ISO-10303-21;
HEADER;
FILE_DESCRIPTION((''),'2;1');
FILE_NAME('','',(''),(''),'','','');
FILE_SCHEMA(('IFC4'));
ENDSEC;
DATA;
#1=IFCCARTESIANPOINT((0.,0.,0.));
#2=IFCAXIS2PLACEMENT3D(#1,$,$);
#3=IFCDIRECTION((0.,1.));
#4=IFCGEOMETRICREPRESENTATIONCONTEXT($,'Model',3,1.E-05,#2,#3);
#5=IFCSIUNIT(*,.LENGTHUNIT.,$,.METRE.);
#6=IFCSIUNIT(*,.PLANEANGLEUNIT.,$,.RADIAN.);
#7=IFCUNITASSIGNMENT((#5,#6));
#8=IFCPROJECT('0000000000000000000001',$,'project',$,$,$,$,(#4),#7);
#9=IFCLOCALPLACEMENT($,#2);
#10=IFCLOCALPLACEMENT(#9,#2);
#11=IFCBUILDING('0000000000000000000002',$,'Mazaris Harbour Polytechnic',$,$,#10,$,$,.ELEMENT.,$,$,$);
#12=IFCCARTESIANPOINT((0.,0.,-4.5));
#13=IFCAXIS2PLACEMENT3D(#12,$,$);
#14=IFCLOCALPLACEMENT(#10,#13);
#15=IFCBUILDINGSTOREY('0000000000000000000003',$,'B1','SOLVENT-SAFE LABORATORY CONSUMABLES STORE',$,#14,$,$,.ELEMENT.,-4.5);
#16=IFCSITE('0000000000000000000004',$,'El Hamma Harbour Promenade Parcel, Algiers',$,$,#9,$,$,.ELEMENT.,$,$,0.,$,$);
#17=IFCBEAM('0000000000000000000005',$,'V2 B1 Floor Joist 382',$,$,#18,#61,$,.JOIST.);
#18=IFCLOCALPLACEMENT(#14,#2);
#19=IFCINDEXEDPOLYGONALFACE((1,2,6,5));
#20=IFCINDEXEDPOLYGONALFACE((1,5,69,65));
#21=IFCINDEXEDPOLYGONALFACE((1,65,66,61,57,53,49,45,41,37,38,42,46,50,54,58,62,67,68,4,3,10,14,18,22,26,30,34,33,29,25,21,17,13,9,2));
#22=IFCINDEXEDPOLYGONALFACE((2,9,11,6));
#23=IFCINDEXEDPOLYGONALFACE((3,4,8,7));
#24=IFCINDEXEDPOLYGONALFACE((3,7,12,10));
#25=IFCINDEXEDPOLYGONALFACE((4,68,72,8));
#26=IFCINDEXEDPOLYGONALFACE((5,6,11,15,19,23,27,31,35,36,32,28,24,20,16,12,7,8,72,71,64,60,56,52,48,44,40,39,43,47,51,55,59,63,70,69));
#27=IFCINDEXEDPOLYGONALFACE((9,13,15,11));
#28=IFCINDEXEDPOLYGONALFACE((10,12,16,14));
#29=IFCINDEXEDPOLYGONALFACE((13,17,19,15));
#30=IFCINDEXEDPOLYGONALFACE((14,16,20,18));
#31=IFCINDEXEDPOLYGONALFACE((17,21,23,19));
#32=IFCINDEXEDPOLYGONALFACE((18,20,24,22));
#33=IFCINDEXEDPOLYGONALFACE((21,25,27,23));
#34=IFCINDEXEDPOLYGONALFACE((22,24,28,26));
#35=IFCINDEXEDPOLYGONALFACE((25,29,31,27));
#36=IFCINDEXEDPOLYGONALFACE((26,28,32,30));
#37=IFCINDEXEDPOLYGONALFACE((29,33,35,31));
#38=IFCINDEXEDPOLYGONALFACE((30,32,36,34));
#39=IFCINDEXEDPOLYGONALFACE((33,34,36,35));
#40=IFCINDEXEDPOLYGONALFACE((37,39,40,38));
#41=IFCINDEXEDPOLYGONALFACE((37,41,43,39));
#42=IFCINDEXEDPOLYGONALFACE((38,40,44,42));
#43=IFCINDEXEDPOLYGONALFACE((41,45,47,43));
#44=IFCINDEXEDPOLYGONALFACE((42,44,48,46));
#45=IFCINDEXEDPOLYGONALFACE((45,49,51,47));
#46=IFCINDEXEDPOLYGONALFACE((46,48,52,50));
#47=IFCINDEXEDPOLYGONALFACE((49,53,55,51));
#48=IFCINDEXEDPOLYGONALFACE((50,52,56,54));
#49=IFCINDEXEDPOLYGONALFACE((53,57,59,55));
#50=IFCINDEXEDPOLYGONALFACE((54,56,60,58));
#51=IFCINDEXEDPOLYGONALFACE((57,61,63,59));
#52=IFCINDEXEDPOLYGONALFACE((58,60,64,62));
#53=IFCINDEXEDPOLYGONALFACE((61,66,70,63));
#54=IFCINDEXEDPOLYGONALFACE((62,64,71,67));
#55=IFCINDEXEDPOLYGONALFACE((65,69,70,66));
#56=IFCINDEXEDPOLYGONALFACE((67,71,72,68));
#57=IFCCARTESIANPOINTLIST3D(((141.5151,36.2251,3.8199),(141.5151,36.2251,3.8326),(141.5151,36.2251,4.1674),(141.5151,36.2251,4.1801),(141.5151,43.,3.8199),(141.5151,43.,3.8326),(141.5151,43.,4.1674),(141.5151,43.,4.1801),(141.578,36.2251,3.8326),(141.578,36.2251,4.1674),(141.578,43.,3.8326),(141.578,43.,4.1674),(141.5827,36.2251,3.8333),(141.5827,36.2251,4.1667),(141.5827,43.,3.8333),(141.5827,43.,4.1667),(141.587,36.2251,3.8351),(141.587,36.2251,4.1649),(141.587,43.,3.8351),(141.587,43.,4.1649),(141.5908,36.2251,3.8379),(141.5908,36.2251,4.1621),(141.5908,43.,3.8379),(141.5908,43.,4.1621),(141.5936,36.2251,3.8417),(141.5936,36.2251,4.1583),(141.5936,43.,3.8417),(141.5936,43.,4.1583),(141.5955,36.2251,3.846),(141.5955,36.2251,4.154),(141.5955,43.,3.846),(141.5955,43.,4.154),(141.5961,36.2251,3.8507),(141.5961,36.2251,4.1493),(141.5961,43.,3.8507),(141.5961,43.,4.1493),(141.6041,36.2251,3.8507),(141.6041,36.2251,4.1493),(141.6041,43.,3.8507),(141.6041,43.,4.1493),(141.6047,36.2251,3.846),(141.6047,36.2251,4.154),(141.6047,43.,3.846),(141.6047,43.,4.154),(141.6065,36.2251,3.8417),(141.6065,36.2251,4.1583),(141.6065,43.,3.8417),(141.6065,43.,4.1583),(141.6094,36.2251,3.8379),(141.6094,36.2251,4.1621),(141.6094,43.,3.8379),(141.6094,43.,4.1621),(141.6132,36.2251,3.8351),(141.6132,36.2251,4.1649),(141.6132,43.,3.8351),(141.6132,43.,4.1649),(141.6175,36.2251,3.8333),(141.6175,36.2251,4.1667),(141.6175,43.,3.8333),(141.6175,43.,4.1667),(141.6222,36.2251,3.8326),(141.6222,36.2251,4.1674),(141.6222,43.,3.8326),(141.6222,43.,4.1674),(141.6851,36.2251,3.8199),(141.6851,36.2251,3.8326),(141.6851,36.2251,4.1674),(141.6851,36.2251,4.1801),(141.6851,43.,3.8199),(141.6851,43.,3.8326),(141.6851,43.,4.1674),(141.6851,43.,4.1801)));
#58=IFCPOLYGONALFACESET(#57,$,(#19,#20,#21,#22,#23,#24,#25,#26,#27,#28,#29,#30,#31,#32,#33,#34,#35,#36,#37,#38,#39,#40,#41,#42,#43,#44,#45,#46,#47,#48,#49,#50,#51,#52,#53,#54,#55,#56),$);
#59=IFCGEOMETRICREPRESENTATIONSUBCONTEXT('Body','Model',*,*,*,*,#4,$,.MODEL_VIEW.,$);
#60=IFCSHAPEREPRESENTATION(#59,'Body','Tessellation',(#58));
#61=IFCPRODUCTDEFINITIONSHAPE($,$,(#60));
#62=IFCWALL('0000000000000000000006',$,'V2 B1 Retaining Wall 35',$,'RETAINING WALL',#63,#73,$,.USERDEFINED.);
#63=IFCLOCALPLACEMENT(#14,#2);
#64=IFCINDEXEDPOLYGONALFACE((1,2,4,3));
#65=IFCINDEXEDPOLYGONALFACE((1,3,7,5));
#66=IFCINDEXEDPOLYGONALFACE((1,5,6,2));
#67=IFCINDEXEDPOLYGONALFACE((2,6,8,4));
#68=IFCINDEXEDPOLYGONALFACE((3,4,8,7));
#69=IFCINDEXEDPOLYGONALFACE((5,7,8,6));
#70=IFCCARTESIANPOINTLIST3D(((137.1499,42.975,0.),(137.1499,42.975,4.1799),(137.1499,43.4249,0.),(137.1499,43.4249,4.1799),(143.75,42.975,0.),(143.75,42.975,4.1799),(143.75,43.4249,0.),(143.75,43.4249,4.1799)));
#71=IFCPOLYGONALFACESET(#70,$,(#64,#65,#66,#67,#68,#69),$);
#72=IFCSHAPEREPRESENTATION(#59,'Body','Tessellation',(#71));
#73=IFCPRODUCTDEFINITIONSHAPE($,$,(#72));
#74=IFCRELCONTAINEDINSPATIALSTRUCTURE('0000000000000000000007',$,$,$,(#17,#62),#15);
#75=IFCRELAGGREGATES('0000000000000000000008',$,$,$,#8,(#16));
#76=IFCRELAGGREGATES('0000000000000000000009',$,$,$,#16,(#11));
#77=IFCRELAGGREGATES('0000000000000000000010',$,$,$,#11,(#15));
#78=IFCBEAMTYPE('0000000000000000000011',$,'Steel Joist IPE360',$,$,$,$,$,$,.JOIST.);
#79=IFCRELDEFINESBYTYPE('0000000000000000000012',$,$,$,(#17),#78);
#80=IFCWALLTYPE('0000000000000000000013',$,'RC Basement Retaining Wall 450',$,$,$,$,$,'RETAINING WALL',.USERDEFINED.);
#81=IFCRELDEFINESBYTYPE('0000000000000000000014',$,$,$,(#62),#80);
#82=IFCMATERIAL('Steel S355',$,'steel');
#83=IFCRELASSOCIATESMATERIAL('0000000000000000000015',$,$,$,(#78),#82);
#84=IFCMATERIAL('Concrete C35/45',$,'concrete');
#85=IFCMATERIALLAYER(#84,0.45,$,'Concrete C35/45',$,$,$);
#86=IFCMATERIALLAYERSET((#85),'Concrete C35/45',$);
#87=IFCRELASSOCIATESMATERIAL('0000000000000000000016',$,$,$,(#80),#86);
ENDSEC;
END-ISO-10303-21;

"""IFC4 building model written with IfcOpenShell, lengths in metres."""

from ifc_helpers import new_model, si_unit, direction, frame, frame_2d, origin, origin_2d, place, context, subcontext, project, spatial, rectangle, i_section, extrude, material, layer, layer_set, material_profile, profile_set, type_object, element, save


model = new_model("IFC4")

# Units and contexts
model_context = context("Model", 3, precision=1e-05, world=origin(), true_north=direction((0.0, 1.0)))
body_context = subcontext(model_context, "Body", "Model", "MODEL_VIEW")
ifc_project = project(units=[si_unit("LENGTHUNIT", "METRE"), si_unit("PLANEANGLEUNIT", "RADIAN")], contexts=[model_context])

# Site, building, storey
site_placement = place(None, origin())
site = spatial("IfcSite", under=ifc_project, at=site_placement, Name="El Hamma Harbour Promenade Parcel, Algiers", CompositionType="ELEMENT", RefElevation=0.0)
building_placement = place(site_placement, origin())
building = spatial("IfcBuilding", under=site, at=building_placement, Name="Mazaris Harbour Polytechnic", CompositionType="ELEMENT")
storey_placement = place(building_placement, frame((0.0, 0.0, -4.5)))
storey = spatial("IfcBuildingStorey", under=building, at=storey_placement, Name="B1", Description="SOLVENT-SAFE LABORATORY CONSUMABLES STORE", CompositionType="ELEMENT", Elevation=-4.5)

# Beam
ifc_material_1 = material(Name="Steel S355", Category="steel")
ifc_material_profile_1 = material_profile(ifc_material_1, i_section(OverallWidth=0.1699, OverallDepth=0.3601, WebThickness=0.0081, FlangeThickness=0.0127, FilletRadius=0.0181, at=origin_2d()), Name="IPE 360")
ifc_profile_set_1 = profile_set([ifc_material_profile_1], Name="Steel S355")
beam_type_1 = type_object("IfcBeamType", Name="Steel Joist IPE360", PredefinedType="JOIST", material=ifc_profile_set_1)
beam_1_placement = place(storey_placement, frame((141.6001, 36.2251, 4.0), z_axis=(0.0, 1.0, 0.0), x_axis=(-1.0, 0.0, 0.0)))
element("IfcBeam", 1, at=beam_1_placement, inside=storey, type_object=beam_type_1, Name="V2 B1 Floor Joist 382", PredefinedType="JOIST", context=body_context, shape_type="SweptSolid", body=[
    extrude(i_section(OverallWidth=0.1699, OverallDepth=0.3601, WebThickness=0.0081, FlangeThickness=0.0127, FilletRadius=0.0181, at=origin_2d()), origin(), (0.0, 0.0, 1.0), 6.7749),
])

# Wall
ifc_material_2 = material(Name="Concrete C35/45", Category="concrete")
ifc_layer = layer(ifc_material_2, 0.45, Name="Concrete C35/45")
ifc_layer_set = layer_set([ifc_layer], Name="Concrete C35/45")
wall_type = type_object("IfcWallType", Name="RC Basement Retaining Wall 450", ElementType="RETAINING WALL", PredefinedType="USERDEFINED", material=ifc_layer_set)
wall_placement = place(storey_placement, frame((137.1499, 43.2, 0.0), z_axis=(0.0, 0.0, 1.0), x_axis=(1.0, 0.0, 0.0)))
element("IfcWall", 2, at=wall_placement, inside=storey, type_object=wall_type, Name="V2 B1 Retaining Wall 35", ObjectType="RETAINING WALL", PredefinedType="USERDEFINED", context=body_context, shape_type="SweptSolid", body=[
    extrude(rectangle(XDim=6.6001, YDim=0.45, at=frame_2d((3.3, 0.0))), origin(), (0.0, 0.0, 1.0), 4.1799),
])

save(model, "model.ifc")
